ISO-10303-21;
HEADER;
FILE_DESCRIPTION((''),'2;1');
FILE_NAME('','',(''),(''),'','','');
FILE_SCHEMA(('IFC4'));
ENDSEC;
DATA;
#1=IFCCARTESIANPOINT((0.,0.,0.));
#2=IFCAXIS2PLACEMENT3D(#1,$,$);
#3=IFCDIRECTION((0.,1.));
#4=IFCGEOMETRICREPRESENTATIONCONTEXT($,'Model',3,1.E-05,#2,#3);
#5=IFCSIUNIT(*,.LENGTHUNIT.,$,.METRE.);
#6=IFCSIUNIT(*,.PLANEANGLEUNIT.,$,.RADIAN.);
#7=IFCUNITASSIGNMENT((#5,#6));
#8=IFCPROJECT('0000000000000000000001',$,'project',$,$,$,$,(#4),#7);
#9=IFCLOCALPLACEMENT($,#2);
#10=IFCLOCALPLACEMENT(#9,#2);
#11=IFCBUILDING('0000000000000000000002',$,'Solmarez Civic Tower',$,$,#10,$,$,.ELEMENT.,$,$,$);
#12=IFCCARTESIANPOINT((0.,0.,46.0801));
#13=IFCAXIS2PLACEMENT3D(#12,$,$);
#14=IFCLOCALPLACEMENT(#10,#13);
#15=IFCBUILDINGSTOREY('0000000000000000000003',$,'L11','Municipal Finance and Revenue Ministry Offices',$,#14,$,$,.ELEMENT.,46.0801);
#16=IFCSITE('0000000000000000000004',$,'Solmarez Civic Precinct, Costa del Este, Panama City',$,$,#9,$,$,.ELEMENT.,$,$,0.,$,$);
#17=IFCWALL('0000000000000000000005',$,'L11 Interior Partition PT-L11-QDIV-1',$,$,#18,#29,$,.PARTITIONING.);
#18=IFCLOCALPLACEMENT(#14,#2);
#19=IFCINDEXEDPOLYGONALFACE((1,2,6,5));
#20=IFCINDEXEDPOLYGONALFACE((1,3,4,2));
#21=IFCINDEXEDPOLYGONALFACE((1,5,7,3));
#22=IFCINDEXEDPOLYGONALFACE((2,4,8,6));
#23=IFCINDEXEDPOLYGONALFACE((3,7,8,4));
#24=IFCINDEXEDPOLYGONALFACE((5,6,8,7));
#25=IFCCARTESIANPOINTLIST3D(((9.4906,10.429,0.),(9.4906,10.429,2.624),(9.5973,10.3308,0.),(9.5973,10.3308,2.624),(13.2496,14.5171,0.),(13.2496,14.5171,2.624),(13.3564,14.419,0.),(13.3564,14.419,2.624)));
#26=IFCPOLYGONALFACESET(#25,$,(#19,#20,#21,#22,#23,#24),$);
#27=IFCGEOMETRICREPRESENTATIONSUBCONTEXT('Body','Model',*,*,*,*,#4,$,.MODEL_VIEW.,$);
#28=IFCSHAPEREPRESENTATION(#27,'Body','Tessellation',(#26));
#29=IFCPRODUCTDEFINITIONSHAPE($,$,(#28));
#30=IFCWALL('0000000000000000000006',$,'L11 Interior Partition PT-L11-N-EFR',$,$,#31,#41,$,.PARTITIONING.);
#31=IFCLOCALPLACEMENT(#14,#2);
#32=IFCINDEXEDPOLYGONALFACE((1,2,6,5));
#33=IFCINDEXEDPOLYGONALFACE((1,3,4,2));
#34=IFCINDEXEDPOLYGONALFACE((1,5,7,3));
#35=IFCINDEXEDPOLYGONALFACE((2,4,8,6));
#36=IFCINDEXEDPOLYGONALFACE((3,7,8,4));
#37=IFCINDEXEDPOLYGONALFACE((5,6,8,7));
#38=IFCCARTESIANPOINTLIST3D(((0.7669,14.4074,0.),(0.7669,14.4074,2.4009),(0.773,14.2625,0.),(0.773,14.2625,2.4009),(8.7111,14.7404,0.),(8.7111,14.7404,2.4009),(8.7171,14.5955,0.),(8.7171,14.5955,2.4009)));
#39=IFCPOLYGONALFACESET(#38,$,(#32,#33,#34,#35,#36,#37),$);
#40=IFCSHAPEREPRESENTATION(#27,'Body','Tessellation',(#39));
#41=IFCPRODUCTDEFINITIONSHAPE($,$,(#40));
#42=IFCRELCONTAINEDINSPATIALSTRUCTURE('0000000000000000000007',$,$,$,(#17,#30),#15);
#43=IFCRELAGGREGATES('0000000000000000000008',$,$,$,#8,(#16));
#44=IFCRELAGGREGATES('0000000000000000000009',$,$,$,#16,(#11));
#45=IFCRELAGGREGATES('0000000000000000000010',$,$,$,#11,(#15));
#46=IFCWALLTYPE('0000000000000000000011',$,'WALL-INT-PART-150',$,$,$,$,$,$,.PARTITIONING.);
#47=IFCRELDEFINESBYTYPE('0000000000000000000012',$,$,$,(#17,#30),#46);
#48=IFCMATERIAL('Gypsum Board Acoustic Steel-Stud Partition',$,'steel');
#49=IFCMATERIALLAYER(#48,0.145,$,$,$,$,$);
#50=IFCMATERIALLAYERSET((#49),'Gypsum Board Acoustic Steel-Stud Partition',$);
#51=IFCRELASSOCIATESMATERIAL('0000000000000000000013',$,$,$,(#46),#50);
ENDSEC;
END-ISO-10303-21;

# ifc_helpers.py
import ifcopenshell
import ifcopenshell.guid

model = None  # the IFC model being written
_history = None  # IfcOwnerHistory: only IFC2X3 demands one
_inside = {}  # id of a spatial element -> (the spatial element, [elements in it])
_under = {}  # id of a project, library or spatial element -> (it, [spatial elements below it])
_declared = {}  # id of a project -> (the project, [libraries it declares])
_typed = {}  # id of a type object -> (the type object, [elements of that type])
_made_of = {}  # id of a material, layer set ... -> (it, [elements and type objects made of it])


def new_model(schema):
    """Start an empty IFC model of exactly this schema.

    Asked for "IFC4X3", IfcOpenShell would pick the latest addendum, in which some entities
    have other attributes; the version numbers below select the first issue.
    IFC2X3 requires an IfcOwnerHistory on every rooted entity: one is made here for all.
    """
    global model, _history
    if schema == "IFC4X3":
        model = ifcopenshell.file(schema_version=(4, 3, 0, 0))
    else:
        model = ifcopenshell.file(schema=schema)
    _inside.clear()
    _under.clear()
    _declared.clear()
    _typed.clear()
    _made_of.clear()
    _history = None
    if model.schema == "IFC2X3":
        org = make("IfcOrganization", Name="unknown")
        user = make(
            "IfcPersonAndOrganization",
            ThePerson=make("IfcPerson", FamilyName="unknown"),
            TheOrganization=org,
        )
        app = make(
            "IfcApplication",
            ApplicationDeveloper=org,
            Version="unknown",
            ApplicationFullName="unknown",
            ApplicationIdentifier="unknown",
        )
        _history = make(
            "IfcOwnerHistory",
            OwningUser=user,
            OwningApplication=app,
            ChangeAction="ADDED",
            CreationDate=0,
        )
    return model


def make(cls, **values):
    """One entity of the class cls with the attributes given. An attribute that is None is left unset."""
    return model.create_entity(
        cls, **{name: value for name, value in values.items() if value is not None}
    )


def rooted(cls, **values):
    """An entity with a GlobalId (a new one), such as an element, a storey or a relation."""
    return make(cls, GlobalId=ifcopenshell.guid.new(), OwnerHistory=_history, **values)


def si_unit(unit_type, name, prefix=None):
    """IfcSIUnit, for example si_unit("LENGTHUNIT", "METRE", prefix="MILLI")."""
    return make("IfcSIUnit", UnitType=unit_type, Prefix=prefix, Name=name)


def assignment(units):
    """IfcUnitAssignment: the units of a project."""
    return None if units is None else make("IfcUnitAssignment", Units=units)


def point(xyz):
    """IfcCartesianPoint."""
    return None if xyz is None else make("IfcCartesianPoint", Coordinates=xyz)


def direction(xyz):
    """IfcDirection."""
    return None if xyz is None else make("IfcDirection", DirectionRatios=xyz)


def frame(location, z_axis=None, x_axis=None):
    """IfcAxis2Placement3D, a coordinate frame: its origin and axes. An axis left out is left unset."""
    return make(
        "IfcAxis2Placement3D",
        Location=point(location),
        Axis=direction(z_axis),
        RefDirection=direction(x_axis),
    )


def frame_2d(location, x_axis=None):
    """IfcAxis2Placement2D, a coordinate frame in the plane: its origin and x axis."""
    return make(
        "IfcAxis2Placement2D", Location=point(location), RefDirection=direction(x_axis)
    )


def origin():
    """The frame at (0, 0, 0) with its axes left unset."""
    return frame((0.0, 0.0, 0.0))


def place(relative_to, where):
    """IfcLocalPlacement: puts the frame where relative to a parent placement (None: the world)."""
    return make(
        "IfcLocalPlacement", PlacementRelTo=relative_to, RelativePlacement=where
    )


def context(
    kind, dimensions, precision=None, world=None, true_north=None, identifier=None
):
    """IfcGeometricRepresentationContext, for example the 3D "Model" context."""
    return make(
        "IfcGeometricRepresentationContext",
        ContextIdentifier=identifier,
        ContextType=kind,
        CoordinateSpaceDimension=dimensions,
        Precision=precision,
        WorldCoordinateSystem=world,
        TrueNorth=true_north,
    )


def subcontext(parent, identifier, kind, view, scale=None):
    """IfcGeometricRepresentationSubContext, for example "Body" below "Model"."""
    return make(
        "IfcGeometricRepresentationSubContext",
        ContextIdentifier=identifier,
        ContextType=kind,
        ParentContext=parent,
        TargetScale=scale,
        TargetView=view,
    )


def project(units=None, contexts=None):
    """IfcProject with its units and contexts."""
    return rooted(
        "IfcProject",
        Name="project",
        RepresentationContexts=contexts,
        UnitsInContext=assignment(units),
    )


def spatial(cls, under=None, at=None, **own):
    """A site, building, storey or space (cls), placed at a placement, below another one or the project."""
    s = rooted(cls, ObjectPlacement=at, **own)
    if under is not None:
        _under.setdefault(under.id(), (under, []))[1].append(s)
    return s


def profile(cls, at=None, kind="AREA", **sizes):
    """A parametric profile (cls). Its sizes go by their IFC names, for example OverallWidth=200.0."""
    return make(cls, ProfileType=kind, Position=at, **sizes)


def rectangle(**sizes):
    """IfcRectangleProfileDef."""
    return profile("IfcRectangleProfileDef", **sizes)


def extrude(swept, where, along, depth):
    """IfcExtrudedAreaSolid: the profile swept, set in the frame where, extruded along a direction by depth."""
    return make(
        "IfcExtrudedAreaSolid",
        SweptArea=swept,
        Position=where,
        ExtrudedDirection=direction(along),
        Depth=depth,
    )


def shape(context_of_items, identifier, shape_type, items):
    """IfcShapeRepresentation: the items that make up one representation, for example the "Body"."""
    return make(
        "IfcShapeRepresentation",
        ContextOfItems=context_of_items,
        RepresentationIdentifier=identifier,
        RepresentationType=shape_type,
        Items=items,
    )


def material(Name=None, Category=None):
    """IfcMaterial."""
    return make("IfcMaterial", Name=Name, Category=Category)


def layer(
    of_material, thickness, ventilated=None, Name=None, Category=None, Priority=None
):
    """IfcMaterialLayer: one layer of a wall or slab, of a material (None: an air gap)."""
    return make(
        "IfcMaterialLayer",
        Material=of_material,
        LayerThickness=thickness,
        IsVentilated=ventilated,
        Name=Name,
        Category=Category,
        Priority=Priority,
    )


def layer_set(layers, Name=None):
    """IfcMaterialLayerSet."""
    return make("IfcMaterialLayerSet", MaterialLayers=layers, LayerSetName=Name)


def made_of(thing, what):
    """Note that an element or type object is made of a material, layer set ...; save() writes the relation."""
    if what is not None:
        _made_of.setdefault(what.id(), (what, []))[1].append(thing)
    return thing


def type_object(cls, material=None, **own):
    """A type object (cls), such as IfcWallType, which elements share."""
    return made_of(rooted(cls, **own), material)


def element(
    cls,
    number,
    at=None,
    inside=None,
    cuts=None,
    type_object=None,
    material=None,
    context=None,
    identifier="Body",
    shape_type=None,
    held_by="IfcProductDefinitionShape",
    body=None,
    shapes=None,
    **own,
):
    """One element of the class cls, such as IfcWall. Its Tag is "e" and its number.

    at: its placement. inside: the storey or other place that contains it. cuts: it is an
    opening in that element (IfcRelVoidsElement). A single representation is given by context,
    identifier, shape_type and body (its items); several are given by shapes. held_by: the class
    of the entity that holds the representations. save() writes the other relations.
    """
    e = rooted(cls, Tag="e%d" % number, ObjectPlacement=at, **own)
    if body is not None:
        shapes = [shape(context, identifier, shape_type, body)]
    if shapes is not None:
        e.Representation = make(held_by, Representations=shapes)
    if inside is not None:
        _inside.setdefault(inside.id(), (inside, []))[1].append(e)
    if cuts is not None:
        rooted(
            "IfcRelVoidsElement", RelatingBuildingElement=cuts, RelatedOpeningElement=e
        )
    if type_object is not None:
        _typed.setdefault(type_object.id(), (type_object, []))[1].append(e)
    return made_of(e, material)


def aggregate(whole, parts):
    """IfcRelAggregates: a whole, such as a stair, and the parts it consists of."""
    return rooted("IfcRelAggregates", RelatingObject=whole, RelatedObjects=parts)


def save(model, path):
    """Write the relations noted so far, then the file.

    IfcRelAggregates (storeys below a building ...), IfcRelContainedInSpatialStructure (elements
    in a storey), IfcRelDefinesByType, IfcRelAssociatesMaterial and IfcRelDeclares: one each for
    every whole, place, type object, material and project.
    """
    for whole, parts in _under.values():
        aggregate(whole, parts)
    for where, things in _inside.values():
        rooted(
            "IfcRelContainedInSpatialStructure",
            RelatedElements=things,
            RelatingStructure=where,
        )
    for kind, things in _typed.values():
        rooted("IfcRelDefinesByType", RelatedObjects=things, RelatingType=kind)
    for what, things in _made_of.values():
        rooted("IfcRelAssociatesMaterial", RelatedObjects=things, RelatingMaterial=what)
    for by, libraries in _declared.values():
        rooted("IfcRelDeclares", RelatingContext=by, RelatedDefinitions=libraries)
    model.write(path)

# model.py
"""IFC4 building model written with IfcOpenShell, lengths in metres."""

from ifc_helpers import new_model, si_unit, direction, frame, frame_2d, origin, place, context, subcontext, project, spatial, rectangle, extrude, material, layer, layer_set, type_object, element, save


model = new_model("IFC4")

# Units and contexts
model_context = context("Model", 3, precision=1e-05, world=origin(), true_north=direction((0.0, 1.0)))
body_context = subcontext(model_context, "Body", "Model", "MODEL_VIEW")
ifc_project = project(units=[si_unit("LENGTHUNIT", "METRE"), si_unit("PLANEANGLEUNIT", "RADIAN")], contexts=[model_context])

# Site, building, storey
site_placement = place(None, origin())
site = spatial("IfcSite", under=ifc_project, at=site_placement, Name="Solmarez Civic Precinct, Costa del Este, Panama City", CompositionType="ELEMENT", RefElevation=0.0)
building_placement = place(site_placement, origin())
building = spatial("IfcBuilding", under=site, at=building_placement, Name="Solmarez Civic Tower", CompositionType="ELEMENT")
storey_placement = place(building_placement, frame((0.0, 0.0, 46.0801)))
storey = spatial("IfcBuildingStorey", under=building, at=storey_placement, Name="L11", Description="Municipal Finance and Revenue Ministry Offices", CompositionType="ELEMENT", Elevation=46.0801)

# Walls
ifc_material_1 = material(Name="Gypsum Board Acoustic Steel-Stud Partition", Category="steel")
ifc_layer_1 = layer(ifc_material_1, 0.145)
ifc_layer_set_1 = layer_set([ifc_layer_1], Name="Gypsum Board Acoustic Steel-Stud Partition")
wall_type_1 = type_object("IfcWallType", Name="WALL-INT-PART-150", PredefinedType="PARTITIONING", material=ifc_layer_set_1)
wall_1_placement = place(storey_placement, frame((9.5439, 10.3799, 0.0), z_axis=(0.0, 0.0, 1.0), x_axis=(0.676857, 0.736115, 0.0)))
element("IfcWall", 1, at=wall_1_placement, inside=storey, type_object=wall_type_1, Name="L11 Interior Partition PT-L11-QDIV-1", PredefinedType="PARTITIONING", context=body_context, shape_type="SweptSolid", body=[
    extrude(rectangle(XDim=5.5537, YDim=0.145, at=frame_2d((2.7769, 0.0))), origin(), (0.0, 0.0, 1.0), 2.624),
])
wall_2_placement = place(storey_placement, frame((8.7141, 14.668, 0.0), z_axis=(0.0, 0.0, 1.0), x_axis=(-0.999123, -0.041882, 0.0)))
element("IfcWall", 2, at=wall_2_placement, inside=storey, type_object=wall_type_1, Name="L11 Interior Partition PT-L11-N-EFR", PredefinedType="PARTITIONING", context=body_context, shape_type="SweptSolid", body=[
    extrude(rectangle(XDim=7.9512, YDim=0.145, at=frame_2d((3.9756, 0.0))), origin(), (0.0, 0.0, 1.0), 2.4009),
])

save(model, "model.ifc")
